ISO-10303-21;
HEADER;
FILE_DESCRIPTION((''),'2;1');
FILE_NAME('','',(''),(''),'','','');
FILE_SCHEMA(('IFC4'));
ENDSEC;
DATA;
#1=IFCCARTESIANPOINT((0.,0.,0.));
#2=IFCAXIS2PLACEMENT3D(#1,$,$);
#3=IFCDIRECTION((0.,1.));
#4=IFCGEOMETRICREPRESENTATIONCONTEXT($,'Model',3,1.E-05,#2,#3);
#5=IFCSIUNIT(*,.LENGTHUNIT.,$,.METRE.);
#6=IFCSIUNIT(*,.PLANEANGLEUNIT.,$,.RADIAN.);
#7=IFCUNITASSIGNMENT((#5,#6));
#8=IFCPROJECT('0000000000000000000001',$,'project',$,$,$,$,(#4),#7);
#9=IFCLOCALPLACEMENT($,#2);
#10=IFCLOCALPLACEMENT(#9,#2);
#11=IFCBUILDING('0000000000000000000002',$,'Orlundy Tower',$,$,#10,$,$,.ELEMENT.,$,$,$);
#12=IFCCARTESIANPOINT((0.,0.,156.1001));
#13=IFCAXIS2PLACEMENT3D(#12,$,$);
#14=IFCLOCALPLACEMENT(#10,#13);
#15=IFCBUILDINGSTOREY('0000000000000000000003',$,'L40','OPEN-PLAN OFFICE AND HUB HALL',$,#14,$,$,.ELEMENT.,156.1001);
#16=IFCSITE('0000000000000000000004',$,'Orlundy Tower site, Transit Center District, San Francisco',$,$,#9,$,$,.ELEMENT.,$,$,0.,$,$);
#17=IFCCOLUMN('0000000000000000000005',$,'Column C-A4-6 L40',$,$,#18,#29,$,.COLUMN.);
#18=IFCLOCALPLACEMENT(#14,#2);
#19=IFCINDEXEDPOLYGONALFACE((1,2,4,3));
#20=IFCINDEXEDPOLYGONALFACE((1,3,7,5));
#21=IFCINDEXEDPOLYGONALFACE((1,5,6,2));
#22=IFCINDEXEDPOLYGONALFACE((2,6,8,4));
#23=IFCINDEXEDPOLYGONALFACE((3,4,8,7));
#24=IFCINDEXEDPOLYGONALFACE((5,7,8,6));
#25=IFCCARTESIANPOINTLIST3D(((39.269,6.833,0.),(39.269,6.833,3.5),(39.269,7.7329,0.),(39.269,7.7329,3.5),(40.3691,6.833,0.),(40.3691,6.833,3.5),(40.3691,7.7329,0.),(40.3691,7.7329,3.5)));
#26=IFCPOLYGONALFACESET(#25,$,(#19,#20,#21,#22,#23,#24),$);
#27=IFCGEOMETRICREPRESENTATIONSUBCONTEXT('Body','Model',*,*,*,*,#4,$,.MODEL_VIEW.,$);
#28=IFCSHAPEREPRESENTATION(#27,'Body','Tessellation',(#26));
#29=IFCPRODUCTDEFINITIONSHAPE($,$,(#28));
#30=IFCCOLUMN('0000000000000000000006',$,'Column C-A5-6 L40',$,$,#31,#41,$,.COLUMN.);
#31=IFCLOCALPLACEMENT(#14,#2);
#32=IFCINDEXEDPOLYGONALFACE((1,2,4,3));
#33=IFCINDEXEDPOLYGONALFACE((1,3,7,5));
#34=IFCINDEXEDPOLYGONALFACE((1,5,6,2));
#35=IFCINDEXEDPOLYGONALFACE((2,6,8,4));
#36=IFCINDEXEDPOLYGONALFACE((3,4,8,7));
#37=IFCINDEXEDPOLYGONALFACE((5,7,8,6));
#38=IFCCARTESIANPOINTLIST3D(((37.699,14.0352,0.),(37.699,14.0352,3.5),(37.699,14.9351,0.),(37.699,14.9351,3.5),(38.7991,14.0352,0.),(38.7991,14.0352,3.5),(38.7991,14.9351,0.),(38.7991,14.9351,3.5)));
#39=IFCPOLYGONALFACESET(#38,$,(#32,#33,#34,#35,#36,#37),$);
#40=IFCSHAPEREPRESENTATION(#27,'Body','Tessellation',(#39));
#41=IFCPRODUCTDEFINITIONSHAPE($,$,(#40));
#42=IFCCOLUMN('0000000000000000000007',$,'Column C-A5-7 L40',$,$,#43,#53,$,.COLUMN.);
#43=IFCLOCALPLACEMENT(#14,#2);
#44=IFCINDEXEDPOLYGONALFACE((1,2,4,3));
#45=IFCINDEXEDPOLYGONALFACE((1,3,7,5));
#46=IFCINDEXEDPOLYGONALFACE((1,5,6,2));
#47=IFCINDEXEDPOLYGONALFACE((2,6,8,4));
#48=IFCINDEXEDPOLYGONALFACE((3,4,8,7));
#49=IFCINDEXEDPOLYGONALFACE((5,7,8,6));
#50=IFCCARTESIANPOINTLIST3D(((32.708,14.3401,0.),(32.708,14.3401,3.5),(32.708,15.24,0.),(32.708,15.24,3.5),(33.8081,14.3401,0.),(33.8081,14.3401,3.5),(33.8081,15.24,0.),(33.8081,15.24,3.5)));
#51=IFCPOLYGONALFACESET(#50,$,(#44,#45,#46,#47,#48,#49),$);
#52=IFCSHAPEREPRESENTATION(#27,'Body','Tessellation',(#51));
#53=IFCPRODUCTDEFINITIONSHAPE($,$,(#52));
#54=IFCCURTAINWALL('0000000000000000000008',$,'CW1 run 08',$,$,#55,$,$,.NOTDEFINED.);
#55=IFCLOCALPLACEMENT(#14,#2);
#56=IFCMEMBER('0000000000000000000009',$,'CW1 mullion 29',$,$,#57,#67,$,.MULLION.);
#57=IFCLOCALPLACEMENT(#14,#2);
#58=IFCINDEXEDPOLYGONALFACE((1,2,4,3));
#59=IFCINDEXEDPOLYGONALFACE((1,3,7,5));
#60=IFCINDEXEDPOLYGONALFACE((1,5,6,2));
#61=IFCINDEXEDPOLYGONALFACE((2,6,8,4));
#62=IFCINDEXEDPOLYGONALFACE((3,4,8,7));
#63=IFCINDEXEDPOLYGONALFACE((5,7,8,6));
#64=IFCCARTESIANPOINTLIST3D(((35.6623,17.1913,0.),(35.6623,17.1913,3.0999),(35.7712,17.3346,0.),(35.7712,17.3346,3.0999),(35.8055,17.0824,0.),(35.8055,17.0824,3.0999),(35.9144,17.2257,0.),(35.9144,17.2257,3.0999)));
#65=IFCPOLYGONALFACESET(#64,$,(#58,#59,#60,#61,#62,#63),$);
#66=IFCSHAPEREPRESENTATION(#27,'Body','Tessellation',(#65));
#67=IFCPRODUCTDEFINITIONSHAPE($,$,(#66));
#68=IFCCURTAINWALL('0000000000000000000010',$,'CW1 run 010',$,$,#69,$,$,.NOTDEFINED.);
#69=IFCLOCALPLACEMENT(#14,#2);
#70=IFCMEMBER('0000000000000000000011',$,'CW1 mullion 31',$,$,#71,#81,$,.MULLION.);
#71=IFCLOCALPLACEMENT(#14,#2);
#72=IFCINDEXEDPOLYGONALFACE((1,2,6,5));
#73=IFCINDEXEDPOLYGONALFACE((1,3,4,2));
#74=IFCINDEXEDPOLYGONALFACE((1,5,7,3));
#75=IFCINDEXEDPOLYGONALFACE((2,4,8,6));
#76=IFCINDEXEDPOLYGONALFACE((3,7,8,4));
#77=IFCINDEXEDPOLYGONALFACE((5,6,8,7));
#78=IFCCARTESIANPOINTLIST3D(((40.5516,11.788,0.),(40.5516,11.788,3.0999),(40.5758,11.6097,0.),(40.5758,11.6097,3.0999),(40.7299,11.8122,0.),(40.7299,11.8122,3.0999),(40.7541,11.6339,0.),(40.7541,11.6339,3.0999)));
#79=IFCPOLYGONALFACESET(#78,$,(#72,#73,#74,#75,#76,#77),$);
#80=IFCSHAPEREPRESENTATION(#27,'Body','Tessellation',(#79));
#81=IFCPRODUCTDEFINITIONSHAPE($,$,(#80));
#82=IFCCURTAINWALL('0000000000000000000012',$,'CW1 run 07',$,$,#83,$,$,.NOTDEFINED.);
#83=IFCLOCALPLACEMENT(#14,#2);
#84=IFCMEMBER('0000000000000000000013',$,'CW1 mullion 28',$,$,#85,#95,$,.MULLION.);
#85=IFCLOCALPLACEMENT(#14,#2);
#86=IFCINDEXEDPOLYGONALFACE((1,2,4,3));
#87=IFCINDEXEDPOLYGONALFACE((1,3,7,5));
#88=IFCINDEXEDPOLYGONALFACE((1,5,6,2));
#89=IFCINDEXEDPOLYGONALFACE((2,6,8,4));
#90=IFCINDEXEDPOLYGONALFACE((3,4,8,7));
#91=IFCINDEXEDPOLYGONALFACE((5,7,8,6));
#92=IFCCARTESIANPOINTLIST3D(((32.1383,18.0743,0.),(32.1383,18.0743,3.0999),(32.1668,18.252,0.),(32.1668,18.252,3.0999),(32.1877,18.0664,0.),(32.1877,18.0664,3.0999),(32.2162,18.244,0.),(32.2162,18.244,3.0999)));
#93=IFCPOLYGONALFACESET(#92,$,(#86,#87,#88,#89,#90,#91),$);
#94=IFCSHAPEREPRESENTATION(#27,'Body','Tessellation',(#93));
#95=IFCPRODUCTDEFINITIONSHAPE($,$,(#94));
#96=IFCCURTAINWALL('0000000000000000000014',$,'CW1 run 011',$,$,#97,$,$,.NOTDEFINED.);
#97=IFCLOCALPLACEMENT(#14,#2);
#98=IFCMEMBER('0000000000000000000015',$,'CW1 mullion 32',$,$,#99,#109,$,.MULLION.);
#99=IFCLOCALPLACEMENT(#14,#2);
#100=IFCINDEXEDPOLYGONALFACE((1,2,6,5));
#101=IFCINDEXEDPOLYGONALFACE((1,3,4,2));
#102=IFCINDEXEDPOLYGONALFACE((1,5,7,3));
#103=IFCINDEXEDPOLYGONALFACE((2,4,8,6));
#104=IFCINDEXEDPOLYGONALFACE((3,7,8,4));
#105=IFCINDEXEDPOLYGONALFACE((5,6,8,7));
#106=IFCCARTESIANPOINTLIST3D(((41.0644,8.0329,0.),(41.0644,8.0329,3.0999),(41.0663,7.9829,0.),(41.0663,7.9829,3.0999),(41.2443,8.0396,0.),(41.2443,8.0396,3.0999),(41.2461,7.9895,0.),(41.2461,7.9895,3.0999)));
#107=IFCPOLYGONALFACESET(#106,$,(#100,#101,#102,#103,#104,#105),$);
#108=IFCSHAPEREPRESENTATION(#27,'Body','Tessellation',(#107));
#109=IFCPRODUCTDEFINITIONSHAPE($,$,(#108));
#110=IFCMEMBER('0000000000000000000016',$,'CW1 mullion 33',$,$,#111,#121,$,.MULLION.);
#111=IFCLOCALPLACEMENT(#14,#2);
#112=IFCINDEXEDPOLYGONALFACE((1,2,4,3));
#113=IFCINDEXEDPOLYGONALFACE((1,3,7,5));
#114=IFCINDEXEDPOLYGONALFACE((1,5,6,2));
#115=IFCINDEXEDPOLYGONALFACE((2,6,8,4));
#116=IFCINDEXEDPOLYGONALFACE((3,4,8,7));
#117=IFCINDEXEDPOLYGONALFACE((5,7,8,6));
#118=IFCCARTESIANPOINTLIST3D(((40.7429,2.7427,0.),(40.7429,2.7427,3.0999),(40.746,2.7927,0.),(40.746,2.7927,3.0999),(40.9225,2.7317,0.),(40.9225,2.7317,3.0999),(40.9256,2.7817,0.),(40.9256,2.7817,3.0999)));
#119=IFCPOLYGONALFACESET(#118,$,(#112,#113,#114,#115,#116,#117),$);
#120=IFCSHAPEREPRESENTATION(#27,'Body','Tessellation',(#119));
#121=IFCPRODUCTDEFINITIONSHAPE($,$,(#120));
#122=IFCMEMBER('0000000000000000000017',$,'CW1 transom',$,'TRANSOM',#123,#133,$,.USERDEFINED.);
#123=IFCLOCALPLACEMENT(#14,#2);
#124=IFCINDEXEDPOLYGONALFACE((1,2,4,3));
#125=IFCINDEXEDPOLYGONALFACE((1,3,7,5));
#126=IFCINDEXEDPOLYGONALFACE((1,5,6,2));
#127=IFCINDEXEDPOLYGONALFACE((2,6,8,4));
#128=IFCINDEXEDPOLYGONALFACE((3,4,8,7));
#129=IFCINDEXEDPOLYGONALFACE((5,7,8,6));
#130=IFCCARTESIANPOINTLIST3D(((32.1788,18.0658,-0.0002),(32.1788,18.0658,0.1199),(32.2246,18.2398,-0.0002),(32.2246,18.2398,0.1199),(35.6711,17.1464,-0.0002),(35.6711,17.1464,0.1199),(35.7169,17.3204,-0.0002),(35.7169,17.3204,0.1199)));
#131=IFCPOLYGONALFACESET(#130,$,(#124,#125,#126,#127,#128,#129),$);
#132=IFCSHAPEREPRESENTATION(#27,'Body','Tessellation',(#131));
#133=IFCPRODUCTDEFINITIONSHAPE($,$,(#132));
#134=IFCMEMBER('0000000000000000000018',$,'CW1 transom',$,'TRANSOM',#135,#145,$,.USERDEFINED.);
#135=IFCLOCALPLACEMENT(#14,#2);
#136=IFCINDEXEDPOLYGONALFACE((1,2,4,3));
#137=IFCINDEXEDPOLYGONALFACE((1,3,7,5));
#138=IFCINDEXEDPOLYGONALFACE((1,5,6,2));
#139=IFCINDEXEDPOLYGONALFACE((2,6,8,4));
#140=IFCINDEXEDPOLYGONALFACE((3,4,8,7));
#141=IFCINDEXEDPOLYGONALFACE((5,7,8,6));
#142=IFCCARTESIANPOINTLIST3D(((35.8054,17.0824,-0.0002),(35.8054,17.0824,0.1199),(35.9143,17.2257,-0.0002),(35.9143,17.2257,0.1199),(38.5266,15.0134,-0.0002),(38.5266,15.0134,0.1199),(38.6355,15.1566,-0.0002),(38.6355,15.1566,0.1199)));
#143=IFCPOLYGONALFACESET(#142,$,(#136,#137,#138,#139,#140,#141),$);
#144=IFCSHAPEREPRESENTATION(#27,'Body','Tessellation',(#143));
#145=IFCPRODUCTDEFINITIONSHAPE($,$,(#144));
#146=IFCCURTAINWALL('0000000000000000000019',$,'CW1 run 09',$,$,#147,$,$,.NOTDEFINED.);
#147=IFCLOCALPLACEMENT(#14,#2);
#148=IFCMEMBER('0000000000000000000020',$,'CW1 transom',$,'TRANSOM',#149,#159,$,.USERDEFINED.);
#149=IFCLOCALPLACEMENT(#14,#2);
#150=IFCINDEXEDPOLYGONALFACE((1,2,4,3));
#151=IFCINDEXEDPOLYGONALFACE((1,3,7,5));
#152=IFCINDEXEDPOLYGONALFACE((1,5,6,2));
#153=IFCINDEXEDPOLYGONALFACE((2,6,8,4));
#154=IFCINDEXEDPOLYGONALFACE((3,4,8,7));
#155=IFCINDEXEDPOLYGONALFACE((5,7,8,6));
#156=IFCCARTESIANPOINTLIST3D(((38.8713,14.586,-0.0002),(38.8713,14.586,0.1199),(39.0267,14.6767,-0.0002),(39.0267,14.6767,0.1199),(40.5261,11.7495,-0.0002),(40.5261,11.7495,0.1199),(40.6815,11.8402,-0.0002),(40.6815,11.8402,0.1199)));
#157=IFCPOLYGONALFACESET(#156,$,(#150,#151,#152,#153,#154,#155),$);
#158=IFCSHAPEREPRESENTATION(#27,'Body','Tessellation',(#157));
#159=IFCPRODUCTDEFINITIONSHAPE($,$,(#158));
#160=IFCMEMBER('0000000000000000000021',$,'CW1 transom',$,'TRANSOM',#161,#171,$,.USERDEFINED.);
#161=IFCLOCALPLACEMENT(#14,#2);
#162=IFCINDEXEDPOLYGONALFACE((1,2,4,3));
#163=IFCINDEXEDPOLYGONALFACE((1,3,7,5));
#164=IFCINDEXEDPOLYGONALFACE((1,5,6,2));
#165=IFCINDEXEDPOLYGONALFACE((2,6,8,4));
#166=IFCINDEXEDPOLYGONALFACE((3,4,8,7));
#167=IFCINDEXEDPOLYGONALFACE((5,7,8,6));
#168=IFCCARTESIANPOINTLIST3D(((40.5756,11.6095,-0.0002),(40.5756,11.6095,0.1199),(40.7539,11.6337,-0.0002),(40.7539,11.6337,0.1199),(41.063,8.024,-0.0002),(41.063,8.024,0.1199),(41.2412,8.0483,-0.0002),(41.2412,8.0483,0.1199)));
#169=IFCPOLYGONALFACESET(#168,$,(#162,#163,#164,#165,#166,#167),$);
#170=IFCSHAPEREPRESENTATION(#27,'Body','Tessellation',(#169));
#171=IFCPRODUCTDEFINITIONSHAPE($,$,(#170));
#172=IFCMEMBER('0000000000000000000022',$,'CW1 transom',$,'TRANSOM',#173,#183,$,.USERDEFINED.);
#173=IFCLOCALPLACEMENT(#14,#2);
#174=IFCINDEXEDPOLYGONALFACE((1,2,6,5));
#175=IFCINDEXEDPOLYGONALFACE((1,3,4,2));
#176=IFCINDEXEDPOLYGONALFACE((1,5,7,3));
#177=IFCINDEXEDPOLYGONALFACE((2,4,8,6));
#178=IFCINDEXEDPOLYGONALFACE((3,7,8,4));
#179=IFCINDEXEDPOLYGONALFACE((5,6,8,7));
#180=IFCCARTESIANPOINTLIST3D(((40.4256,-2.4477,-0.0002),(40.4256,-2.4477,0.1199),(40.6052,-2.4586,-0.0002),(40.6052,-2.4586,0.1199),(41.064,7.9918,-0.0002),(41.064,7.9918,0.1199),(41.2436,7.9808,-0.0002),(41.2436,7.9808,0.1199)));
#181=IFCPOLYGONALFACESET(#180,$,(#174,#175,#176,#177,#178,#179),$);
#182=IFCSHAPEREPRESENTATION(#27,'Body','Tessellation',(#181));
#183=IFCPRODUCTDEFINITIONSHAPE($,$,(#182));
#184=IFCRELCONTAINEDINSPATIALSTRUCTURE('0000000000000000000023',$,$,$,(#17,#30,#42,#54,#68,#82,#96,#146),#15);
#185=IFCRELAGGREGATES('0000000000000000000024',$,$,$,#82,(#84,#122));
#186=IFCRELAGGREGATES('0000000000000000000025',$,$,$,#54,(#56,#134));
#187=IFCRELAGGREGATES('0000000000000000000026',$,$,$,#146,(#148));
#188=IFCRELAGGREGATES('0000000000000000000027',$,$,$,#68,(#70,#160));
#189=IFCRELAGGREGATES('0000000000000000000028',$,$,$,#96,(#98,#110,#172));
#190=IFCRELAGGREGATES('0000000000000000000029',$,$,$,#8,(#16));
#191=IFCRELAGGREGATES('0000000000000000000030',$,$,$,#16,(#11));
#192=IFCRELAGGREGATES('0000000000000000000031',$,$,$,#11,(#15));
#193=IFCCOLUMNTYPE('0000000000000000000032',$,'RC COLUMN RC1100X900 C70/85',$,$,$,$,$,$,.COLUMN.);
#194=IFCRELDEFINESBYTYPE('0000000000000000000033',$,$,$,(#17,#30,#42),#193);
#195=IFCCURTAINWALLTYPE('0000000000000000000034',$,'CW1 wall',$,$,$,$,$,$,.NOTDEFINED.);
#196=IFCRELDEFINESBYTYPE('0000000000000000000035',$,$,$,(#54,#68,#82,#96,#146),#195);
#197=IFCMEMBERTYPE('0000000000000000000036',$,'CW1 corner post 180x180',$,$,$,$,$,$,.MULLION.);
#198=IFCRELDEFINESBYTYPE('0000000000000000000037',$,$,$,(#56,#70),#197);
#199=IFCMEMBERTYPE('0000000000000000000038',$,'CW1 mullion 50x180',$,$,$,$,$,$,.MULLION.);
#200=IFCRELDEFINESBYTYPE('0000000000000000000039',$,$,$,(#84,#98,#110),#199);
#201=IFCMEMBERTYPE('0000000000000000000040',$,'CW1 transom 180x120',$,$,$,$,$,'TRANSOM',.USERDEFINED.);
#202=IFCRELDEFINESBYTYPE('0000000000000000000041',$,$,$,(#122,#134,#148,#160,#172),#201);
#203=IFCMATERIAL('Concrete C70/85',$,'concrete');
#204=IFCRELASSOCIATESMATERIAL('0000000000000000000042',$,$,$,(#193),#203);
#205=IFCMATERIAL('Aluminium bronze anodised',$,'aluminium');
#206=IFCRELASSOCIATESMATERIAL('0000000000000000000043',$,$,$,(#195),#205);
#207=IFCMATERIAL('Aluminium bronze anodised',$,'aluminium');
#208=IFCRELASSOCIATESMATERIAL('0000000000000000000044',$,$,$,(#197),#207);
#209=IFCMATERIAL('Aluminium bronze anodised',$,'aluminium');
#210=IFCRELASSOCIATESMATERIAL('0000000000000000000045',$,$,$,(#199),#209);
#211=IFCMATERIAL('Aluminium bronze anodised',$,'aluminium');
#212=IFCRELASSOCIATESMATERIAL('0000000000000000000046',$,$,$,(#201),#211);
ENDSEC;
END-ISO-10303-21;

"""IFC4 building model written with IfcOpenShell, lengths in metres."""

from ifc_helpers import new_model, si_unit, direction, frame, origin, origin_2d, place, context, subcontext, project, spatial, rectangle, extrude, material, material_profile, profile_set, type_object, element, aggregate, save


model = new_model("IFC4")

# Units and contexts
model_context = context("Model", 3, precision=1e-05, world=origin(), true_north=direction((0.0, 1.0)))
body_context = subcontext(model_context, "Body", "Model", "MODEL_VIEW")
ifc_project = project(units=[si_unit("LENGTHUNIT", "METRE"), si_unit("PLANEANGLEUNIT", "RADIAN")], contexts=[model_context])

# Site, building, storey
site_placement = place(None, origin())
site = spatial("IfcSite", under=ifc_project, at=site_placement, Name="Orlundy Tower site, Transit Center District, San Francisco", CompositionType="ELEMENT", RefElevation=0.0)
building_placement = place(site_placement, origin())
building = spatial("IfcBuilding", under=site, at=building_placement, Name="Orlundy Tower", CompositionType="ELEMENT")
storey_placement = place(building_placement, frame((0.0, 0.0, 156.1001)))
storey = spatial("IfcBuildingStorey", under=building, at=storey_placement, Name="L40", Description="OPEN-PLAN OFFICE AND HUB HALL", CompositionType="ELEMENT", Elevation=156.1001)

# Columns
ifc_material_1 = material(Name="Concrete C70/85", Category="concrete")
ifc_material_profile_1 = material_profile(ifc_material_1, rectangle(XDim=1.1001, YDim=0.8999, at=origin_2d()), Name="RC1100X900")
ifc_profile_set_1 = profile_set([ifc_material_profile_1], Name="Concrete C70/85")
column_type = type_object("IfcColumnType", Name="RC COLUMN RC1100X900 C70/85", PredefinedType="COLUMN", material=ifc_profile_set_1)
for number, where, z_axis, x_axis, name in (
    (1, (39.8191, 7.283, 0.0), (0.0, 0.0, 1.0), (1.0, 0.0, 0.0), "Column C-A4-6 L40"),
    (2, (38.249, 14.4851, 0.0), (0.0, 0.0, 1.0), (1.0, 0.0, 0.0), "Column C-A5-6 L40"),
    (3, (33.2581, 14.79, 0.0), (0.0, 0.0, 1.0), (1.0, 0.0, 0.0), "Column C-A5-7 L40"),
):
    element("IfcColumn", number, at=place(storey_placement, frame(where, z_axis=z_axis, x_axis=x_axis)), inside=storey, type_object=column_type, Name=name, PredefinedType="COLUMN", context=body_context, shape_type="SweptSolid", body=[
        extrude(rectangle(XDim=1.1001, YDim=0.8999, at=origin_2d()), origin(), (0.0, 0.0, 1.0), 3.5),
    ])

# Curtain walls, members
ifc_material_2 = material(Name="Aluminium bronze anodised", Category="aluminium")
curtain_wall_type = type_object("IfcCurtainWallType", Name="CW1 wall", PredefinedType="NOTDEFINED", material=ifc_material_2)
curtain_wall_1_placement = place(storey_placement, origin())
curtain_wall_1 = element("IfcCurtainWall", 4, at=curtain_wall_1_placement, inside=storey, type_object=curtain_wall_type, Name="CW1 run 08", PredefinedType="NOTDEFINED")
ifc_material_3 = material(Name="Aluminium bronze anodised", Category="aluminium")
ifc_material_profile_2 = material_profile(ifc_material_3, rectangle(XDim=0.1799, YDim=0.1799, at=origin_2d()), Name="CW1 corner post 180x180")
ifc_profile_set_2 = profile_set([ifc_material_profile_2], Name="Aluminium bronze anodised")
member_type_1 = type_object("IfcMemberType", Name="CW1 corner post 180x180", PredefinedType="MULLION", material=ifc_profile_set_2)
member_1_placement = place(storey_placement, frame((35.7883, 17.2085, 0.0), z_axis=(0.0, 0.0, 1.0), x_axis=(0.605254, 0.796032, 0.0)))
member_1 = element("IfcMember", 5, at=member_1_placement, type_object=member_type_1, Name="CW1 mullion 29", PredefinedType="MULLION", context=body_context, shape_type="SweptSolid", body=[
    extrude(rectangle(XDim=0.1799, YDim=0.1799, at=origin_2d()), origin(), (0.0, 0.0, 1.0), 3.0999),
])
curtain_wall_2_placement = place(storey_placement, origin())
curtain_wall_2 = element("IfcCurtainWall", 6, at=curtain_wall_2_placement, inside=storey, type_object=curtain_wall_type, Name="CW1 run 010", PredefinedType="NOTDEFINED")
member_2_placement = place(storey_placement, frame((40.6528, 11.7109, 0.0), z_axis=(0.0, 0.0, 1.0), x_axis=(0.990897, 0.13462, 0.0)))
member_2 = element("IfcMember", 7, at=member_2_placement, type_object=member_type_1, Name="CW1 mullion 31", PredefinedType="MULLION", context=body_context, shape_type="SweptSolid", body=[
    extrude(rectangle(XDim=0.1799, YDim=0.1799, at=origin_2d()), origin(), (0.0, 0.0, 1.0), 3.0999),
])
curtain_wall_3_placement = place(storey_placement, origin())
curtain_wall_3 = element("IfcCurtainWall", 8, at=curtain_wall_3_placement, inside=storey, type_object=curtain_wall_type, Name="CW1 run 07", PredefinedType="NOTDEFINED")
ifc_material_4 = material(Name="Aluminium bronze anodised", Category="aluminium")
ifc_material_profile_3 = material_profile(ifc_material_4, rectangle(XDim=0.1799, YDim=0.05, at=origin_2d()), Name="CW1 mullion 50x180")
ifc_profile_set_3 = profile_set([ifc_material_profile_3], Name="Aluminium bronze anodised")
member_type_2 = type_object("IfcMemberType", Name="CW1 mullion 50x180", PredefinedType="MULLION", material=ifc_profile_set_3)
member_3_placement = place(storey_placement, frame((32.1772, 18.1592, 0.0), z_axis=(0.0, 0.0, 1.0), x_axis=(0.158616, 0.98734, 0.0)))
member_3 = element("IfcMember", 9, at=member_3_placement, type_object=member_type_2, Name="CW1 mullion 28", PredefinedType="MULLION", context=body_context, shape_type="SweptSolid", body=[
    extrude(rectangle(XDim=0.1799, YDim=0.05, at=origin_2d()), origin(), (0.0, 0.0, 1.0), 3.0999),
])

# Curtain wall, members
curtain_wall_4_placement = place(storey_placement, origin())
curtain_wall_4 = element("IfcCurtainWall", 10, at=curtain_wall_4_placement, inside=storey, type_object=curtain_wall_type, Name="CW1 run 011", PredefinedType="NOTDEFINED")
member_4_placement = place(storey_placement, frame((41.1553, 8.0112, 0.0), z_axis=(0.0, 0.0, 1.0), x_axis=(0.999317, 0.036964, 0.0)))
member_4 = element("IfcMember", 11, at=member_4_placement, type_object=member_type_2, Name="CW1 mullion 32", PredefinedType="MULLION", context=body_context, shape_type="SweptSolid", body=[
    extrude(rectangle(XDim=0.1799, YDim=0.05, at=origin_2d()), origin(), (0.0, 0.0, 1.0), 3.0999),
])
member_5_placement = place(storey_placement, frame((40.8342, 2.7622, 0.0), z_axis=(0.0, 0.0, 1.0), x_axis=(0.998135, -0.061047, 0.0)))
member_5 = element("IfcMember", 12, at=member_5_placement, type_object=member_type_2, Name="CW1 mullion 33", PredefinedType="MULLION", context=body_context, shape_type="SweptSolid", body=[
    extrude(rectangle(XDim=0.1799, YDim=0.05, at=origin_2d()), origin(), (0.0, 0.0, 1.0), 3.0999),
])

# Members
ifc_material_5 = material(Name="Aluminium bronze anodised", Category="aluminium")
ifc_material_profile_4 = material_profile(ifc_material_5, rectangle(XDim=0.1799, YDim=0.1201, at=origin_2d()), Name="CW1 transom 180x120")
ifc_profile_set_4 = profile_set([ifc_material_profile_4], Name="Aluminium bronze anodised")
member_type_3 = type_object("IfcMemberType", Name="CW1 transom 180x120", ElementType="TRANSOM", PredefinedType="USERDEFINED", material=ifc_profile_set_4)
member_6_placement = place(storey_placement, frame((32.2017, 18.1528, 0.0598), z_axis=(0.967049, -0.25459, 0.0), x_axis=(0.25459, 0.967049, 0.0)))
member_6 = element("IfcMember", 13, at=member_6_placement, type_object=member_type_3, Name="CW1 transom", ObjectType="TRANSOM", PredefinedType="USERDEFINED", context=body_context, shape_type="SweptSolid", body=[
    extrude(rectangle(XDim=0.1799, YDim=0.1201, at=origin_2d()), origin(), (0.0, 0.0, 1.0), 3.6113),
])
member_7_placement = place(storey_placement, frame((35.8599, 17.1541, 0.0598), z_axis=(0.796023, -0.605266, 0.0), x_axis=(0.605266, 0.796023, 0.0)))
member_7 = element("IfcMember", 14, at=member_7_placement, type_object=member_type_3, Name="CW1 transom", ObjectType="TRANSOM", PredefinedType="USERDEFINED", context=body_context, shape_type="SweptSolid", body=[
    extrude(rectangle(XDim=0.1799, YDim=0.1201, at=origin_2d()), origin(), (0.0, 0.0, 1.0), 3.4185),
])

# Curtain wall, member
curtain_wall_5_placement = place(storey_placement, origin())
curtain_wall_5 = element("IfcCurtainWall", 15, at=curtain_wall_5_placement, inside=storey, type_object=curtain_wall_type, Name="CW1 run 09", PredefinedType="NOTDEFINED")
member_8_placement = place(storey_placement, frame((38.949, 14.6313, 0.0598), z_axis=(0.503917, -0.863752, 0.0), x_axis=(0.863752, 0.503917, 0.0)))
member_8 = element("IfcMember", 16, at=member_8_placement, type_object=member_type_3, Name="CW1 transom", ObjectType="TRANSOM", PredefinedType="USERDEFINED", context=body_context, shape_type="SweptSolid", body=[
    extrude(rectangle(XDim=0.1799, YDim=0.1201, at=origin_2d()), origin(), (0.0, 0.0, 1.0), 3.2839),
])

# Members
member_9_placement = place(storey_placement, frame((40.6648, 11.6216, 0.0598), z_axis=(0.134674, -0.99089, 0.0), x_axis=(0.99089, 0.134674, 0.0)))
member_9 = element("IfcMember", 17, at=member_9_placement, type_object=member_type_3, Name="CW1 transom", ObjectType="TRANSOM", PredefinedType="USERDEFINED", context=body_context, shape_type="SweptSolid", body=[
    extrude(rectangle(XDim=0.1799, YDim=0.1201, at=origin_2d()), origin(), (0.0, 0.0, 1.0), 3.6184),
])
member_10_placement = place(storey_placement, frame((41.1538, 7.9863, 0.0598), z_axis=(-0.061041, -0.998135, 0.0), x_axis=(0.998135, -0.061041, 0.0)))
member_10 = element("IfcMember", 18, at=member_10_placement, type_object=member_type_3, Name="CW1 transom", ObjectType="TRANSOM", PredefinedType="USERDEFINED", context=body_context, shape_type="SweptSolid", body=[
    extrude(rectangle(XDim=0.1799, YDim=0.1201, at=origin_2d()), origin(), (0.0, 0.0, 1.0), 10.459),
])

aggregate(curtain_wall_3, [member_3, member_6])
aggregate(curtain_wall_1, [member_1, member_7])
aggregate(curtain_wall_5, [member_8])
aggregate(curtain_wall_2, [member_2, member_9])
aggregate(curtain_wall_4, [member_4, member_5, member_10])

save(model, "model.ifc")
